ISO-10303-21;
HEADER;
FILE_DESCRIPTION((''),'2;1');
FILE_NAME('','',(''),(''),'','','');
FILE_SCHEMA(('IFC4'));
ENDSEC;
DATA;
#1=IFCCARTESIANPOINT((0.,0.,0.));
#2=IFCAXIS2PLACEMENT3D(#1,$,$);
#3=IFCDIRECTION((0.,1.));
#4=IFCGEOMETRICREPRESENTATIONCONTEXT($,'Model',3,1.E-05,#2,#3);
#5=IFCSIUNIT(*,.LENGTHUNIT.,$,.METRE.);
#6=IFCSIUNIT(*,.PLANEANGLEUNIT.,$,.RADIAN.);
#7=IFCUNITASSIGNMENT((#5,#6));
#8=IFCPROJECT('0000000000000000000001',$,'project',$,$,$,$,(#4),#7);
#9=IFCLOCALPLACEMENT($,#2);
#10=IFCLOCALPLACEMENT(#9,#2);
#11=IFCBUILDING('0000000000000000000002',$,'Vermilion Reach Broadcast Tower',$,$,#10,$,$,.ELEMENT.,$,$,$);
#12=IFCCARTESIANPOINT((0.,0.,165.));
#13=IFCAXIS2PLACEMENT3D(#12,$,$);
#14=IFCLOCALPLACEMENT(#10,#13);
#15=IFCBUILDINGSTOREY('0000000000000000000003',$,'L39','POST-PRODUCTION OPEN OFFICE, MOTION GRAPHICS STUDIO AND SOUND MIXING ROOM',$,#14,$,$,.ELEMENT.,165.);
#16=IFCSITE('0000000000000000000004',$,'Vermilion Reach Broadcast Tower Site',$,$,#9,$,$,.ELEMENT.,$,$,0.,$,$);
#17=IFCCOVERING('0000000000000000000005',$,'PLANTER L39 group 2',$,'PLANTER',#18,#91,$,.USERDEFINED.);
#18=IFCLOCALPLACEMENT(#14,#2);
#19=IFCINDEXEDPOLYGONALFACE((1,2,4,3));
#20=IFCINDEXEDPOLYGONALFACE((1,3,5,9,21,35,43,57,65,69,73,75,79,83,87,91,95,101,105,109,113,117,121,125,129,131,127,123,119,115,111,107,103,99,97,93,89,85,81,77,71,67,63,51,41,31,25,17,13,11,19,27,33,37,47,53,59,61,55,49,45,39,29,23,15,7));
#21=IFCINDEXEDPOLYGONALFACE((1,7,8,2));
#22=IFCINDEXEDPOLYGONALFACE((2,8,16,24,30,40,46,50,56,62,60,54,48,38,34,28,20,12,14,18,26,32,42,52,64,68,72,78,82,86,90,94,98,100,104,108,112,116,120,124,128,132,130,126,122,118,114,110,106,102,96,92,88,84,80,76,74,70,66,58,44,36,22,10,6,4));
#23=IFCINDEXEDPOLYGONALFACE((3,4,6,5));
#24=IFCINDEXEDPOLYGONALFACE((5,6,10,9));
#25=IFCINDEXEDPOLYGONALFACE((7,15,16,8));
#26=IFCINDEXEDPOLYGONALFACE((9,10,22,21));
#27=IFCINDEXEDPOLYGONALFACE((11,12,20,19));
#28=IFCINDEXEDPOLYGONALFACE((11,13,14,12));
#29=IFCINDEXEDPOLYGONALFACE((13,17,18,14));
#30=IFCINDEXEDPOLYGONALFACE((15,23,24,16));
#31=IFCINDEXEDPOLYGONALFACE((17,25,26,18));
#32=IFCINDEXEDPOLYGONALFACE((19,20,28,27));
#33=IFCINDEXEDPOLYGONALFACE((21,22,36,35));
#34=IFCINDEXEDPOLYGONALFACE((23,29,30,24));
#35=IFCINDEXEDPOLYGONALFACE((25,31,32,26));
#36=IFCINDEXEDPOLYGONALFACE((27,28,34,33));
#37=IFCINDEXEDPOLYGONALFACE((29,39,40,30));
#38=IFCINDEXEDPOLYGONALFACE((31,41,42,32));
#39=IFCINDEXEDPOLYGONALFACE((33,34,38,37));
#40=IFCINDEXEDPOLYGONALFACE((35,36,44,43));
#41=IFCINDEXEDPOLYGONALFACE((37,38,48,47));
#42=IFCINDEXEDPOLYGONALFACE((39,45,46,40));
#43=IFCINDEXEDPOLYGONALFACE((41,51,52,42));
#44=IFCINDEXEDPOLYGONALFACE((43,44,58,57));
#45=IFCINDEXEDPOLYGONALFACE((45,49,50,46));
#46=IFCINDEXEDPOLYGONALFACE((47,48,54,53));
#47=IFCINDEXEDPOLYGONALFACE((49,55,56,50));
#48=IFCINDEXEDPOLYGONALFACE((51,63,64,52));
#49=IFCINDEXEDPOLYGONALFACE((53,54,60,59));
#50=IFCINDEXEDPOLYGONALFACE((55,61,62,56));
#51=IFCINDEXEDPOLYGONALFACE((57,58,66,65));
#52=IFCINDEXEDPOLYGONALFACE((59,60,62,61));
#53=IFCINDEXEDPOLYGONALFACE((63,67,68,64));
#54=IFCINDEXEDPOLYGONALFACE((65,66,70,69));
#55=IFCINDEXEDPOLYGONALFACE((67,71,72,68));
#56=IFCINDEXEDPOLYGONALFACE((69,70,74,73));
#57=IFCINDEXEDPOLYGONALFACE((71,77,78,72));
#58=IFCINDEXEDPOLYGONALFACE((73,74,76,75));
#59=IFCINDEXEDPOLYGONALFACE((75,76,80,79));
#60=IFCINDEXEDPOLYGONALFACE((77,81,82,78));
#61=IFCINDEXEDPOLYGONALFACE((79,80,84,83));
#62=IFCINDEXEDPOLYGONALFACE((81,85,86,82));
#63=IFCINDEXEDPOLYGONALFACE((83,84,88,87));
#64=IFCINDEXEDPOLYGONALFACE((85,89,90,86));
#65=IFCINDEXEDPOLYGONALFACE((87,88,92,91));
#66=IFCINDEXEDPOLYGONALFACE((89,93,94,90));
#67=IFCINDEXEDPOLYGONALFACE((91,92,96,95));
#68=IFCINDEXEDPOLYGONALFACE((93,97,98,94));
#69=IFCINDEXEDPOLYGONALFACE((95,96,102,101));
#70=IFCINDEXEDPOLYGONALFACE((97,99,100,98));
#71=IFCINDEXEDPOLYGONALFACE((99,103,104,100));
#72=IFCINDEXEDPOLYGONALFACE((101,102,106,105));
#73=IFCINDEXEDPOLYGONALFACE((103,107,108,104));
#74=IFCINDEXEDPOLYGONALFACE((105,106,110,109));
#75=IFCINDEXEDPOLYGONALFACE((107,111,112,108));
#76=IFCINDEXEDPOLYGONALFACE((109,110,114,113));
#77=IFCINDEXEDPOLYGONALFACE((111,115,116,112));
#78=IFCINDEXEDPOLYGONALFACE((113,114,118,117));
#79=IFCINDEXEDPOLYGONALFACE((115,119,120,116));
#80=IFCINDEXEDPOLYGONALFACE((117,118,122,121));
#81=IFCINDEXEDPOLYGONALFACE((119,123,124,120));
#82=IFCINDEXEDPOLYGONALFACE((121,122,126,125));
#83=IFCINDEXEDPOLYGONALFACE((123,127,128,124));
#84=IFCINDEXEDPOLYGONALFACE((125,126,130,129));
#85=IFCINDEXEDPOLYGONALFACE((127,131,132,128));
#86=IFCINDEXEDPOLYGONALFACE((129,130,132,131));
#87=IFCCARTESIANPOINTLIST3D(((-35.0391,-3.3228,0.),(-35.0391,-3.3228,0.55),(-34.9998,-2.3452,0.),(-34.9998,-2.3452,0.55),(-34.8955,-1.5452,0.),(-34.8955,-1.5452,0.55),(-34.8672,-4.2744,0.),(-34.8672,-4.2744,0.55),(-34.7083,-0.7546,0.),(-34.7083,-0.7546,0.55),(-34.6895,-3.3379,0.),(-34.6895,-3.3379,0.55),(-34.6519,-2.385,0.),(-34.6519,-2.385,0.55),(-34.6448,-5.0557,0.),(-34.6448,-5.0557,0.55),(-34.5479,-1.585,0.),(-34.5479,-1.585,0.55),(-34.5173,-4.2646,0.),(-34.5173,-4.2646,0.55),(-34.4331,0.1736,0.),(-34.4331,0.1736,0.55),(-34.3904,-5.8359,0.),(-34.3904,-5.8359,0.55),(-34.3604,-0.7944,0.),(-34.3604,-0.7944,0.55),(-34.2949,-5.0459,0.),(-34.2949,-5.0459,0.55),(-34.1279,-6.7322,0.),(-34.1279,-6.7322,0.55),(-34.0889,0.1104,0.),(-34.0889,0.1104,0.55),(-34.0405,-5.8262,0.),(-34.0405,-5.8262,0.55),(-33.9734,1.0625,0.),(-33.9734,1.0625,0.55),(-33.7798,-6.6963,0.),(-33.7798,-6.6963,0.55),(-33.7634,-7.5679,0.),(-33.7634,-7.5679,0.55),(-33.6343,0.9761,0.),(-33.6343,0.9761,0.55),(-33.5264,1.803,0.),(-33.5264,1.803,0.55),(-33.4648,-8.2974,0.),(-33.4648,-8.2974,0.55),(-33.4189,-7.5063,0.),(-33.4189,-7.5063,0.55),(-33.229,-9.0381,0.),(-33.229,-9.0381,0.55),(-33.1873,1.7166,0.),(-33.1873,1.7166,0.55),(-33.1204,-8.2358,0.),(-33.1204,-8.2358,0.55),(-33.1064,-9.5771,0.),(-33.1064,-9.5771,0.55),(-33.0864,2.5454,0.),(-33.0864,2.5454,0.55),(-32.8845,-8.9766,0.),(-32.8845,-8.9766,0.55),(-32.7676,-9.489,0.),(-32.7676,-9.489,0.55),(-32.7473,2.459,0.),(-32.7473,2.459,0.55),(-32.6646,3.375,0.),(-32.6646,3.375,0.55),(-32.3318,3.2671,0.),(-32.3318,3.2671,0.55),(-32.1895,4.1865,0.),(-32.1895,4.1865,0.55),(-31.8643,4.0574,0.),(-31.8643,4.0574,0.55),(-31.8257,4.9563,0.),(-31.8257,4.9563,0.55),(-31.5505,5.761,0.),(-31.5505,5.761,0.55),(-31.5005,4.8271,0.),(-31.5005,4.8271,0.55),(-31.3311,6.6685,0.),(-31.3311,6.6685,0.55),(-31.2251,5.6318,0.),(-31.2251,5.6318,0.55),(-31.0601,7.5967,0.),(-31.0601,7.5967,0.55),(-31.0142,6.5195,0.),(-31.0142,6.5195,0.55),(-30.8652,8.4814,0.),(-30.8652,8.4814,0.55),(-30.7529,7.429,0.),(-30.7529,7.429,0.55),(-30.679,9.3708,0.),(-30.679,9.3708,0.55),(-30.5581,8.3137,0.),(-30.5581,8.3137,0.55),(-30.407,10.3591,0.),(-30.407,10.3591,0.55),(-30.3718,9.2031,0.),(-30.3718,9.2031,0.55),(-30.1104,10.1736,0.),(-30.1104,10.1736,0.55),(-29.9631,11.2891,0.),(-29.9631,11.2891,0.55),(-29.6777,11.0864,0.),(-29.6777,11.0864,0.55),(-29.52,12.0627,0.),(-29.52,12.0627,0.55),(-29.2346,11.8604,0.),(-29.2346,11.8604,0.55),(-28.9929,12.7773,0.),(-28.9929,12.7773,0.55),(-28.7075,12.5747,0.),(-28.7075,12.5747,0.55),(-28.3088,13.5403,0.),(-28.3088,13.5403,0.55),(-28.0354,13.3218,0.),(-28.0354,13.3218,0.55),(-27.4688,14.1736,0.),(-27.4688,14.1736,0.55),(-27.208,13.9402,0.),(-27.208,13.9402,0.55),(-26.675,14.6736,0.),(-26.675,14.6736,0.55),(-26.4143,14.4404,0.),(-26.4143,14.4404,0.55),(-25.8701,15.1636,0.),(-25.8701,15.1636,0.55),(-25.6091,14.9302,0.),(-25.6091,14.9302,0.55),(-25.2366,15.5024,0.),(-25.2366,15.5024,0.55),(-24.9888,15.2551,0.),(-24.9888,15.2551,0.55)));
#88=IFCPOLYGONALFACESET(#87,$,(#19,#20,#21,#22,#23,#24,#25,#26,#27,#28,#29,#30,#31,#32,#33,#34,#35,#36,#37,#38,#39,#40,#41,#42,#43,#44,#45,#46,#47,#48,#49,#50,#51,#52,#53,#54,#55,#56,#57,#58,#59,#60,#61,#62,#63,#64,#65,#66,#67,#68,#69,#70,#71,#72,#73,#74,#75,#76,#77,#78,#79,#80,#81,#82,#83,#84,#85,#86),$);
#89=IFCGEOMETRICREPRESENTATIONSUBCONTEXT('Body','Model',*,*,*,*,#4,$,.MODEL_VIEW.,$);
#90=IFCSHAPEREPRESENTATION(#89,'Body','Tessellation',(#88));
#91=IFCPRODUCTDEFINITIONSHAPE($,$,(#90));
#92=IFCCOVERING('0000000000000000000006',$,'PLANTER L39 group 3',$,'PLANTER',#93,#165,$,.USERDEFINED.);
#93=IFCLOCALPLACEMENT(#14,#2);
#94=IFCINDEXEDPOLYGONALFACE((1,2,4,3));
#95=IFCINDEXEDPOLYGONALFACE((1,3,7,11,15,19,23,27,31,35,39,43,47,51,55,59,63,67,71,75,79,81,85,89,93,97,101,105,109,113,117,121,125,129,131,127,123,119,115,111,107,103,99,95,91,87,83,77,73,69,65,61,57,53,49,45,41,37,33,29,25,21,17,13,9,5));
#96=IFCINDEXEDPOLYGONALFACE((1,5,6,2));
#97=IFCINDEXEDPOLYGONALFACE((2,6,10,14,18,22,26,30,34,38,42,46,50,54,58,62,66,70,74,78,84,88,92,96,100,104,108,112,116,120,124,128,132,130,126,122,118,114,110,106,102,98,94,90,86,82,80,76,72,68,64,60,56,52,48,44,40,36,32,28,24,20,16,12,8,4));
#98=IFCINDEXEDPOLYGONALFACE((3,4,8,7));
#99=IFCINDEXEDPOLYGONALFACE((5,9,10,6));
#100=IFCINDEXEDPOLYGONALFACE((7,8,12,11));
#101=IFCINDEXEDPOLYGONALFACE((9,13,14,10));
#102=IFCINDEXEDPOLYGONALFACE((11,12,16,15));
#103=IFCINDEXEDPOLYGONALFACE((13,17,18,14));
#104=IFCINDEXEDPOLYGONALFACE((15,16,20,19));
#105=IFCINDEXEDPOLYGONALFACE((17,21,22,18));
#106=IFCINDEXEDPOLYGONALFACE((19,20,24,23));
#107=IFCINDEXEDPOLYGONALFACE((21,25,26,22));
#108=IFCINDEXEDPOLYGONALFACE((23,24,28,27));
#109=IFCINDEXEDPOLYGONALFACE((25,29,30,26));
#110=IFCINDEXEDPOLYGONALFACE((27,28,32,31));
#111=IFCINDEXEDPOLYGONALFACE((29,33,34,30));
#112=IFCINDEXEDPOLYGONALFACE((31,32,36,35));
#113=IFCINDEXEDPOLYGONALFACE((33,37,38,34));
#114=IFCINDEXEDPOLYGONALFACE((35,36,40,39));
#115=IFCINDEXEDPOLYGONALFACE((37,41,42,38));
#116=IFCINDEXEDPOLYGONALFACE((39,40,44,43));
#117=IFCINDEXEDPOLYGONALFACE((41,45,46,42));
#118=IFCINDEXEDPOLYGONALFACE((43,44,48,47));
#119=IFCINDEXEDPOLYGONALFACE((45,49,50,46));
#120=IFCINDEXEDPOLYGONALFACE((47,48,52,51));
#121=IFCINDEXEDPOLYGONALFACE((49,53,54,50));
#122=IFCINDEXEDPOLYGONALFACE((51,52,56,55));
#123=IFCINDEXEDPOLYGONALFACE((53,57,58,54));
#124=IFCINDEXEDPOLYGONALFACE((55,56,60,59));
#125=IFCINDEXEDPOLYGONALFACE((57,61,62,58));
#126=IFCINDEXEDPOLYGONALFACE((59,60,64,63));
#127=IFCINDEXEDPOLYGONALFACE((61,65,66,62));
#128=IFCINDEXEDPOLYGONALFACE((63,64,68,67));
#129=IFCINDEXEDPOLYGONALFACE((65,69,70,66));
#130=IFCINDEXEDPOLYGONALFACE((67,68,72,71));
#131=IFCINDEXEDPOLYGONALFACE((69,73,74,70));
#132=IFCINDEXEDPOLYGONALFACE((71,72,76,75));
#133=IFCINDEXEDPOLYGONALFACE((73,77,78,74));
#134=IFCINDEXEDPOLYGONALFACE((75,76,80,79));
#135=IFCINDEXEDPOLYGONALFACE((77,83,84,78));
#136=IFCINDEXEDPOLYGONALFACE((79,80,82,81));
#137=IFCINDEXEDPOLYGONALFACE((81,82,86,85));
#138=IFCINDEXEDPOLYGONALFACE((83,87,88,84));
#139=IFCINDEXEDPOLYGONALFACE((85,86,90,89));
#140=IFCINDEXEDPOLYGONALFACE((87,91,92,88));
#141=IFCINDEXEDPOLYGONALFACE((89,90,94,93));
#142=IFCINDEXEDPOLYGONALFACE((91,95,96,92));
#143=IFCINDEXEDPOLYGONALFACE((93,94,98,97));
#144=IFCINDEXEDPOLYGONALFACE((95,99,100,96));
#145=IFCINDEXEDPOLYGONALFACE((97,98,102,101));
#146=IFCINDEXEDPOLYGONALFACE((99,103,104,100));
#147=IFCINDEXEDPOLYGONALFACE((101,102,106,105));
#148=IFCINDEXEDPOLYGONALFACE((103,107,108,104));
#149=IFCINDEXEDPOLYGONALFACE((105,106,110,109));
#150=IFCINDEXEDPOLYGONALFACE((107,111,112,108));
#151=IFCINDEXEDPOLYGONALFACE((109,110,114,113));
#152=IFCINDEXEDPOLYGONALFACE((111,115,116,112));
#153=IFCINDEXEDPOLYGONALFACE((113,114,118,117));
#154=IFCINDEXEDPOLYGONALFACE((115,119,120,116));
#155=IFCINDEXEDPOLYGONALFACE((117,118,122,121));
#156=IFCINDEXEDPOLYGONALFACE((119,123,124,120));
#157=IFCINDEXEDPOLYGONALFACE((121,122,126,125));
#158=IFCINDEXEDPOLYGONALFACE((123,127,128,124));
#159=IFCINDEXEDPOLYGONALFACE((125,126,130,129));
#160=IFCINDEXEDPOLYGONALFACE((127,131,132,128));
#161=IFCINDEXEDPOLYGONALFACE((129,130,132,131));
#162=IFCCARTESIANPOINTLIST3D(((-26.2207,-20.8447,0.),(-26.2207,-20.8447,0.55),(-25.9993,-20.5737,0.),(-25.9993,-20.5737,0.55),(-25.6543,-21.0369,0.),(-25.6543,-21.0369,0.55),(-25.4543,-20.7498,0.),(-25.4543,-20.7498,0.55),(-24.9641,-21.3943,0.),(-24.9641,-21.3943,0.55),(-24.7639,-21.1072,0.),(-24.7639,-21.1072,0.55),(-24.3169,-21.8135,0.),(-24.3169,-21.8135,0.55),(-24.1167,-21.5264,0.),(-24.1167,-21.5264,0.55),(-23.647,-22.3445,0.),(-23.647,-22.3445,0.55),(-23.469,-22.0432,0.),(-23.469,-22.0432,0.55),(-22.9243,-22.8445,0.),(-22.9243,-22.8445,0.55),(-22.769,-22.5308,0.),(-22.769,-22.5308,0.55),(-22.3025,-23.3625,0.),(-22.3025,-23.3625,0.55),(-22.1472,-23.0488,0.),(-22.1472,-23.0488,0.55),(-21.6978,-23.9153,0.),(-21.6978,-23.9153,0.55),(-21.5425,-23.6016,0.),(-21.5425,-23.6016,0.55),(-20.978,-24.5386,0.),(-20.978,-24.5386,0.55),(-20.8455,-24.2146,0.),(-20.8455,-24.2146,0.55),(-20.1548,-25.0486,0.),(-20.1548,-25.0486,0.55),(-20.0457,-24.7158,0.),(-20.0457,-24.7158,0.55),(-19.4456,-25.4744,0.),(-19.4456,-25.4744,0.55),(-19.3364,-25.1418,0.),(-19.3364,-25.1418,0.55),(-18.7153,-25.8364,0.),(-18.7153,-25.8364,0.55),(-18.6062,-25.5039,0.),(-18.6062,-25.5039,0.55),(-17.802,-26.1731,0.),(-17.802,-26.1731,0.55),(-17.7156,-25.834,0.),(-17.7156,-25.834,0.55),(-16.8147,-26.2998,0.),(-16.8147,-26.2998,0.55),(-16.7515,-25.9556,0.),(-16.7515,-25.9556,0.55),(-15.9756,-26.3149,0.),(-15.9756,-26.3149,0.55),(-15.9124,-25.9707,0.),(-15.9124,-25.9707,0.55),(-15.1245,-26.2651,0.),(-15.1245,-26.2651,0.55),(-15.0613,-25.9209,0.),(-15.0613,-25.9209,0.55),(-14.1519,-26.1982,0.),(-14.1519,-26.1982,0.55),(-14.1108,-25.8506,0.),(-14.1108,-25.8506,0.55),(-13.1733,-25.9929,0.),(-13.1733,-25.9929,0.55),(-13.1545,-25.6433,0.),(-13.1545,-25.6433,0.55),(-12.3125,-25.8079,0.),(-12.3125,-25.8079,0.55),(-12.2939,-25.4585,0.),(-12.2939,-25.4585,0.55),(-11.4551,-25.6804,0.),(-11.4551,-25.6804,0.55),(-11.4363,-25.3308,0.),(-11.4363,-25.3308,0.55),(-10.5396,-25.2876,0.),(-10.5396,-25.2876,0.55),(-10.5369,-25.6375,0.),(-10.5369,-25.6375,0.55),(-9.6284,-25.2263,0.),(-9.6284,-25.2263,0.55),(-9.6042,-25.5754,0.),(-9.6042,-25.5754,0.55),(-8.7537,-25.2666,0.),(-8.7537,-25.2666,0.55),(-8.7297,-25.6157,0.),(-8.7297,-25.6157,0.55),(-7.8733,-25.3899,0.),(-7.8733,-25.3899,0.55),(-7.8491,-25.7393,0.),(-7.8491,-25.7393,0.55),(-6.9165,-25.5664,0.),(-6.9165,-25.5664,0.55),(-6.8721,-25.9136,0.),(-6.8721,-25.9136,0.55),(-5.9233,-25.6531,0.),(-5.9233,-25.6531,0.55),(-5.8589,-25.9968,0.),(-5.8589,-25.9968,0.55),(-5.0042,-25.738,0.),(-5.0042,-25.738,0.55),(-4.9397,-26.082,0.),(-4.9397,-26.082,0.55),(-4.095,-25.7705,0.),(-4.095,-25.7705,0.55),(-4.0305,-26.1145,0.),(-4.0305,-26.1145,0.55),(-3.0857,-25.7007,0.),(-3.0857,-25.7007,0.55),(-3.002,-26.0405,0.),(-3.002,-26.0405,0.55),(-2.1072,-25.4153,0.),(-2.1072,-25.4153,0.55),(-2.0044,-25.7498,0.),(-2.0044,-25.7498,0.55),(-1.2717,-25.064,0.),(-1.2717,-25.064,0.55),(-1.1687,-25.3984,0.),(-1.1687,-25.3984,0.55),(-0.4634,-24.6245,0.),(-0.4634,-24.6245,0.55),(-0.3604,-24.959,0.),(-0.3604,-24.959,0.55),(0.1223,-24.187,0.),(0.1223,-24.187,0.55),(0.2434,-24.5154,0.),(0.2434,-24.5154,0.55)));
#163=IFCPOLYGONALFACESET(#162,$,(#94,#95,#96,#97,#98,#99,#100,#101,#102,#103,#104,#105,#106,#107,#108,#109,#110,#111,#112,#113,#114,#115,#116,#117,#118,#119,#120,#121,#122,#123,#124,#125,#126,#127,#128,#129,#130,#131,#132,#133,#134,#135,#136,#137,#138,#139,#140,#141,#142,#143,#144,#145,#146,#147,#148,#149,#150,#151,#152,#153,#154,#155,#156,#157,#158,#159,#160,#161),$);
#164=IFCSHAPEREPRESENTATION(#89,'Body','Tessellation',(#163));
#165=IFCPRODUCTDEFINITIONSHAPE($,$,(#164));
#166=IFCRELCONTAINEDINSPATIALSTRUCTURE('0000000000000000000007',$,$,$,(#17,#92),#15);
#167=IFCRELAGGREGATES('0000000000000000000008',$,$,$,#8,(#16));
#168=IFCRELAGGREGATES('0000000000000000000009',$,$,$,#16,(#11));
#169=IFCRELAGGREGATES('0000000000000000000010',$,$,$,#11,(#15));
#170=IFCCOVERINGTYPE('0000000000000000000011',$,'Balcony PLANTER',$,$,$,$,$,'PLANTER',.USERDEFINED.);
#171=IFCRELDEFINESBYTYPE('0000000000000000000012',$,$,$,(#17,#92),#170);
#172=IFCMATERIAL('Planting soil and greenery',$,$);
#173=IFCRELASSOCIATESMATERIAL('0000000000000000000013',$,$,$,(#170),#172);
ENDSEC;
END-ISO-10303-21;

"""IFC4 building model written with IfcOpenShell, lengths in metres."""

from ifc_helpers import new_model, si_unit, direction, frame, origin, place, context, subcontext, project, spatial, polyline, outline, extrude, material, type_object, element, save


model = new_model("IFC4")

# Units and contexts
model_context = context("Model", 3, precision=1e-05, world=origin(), true_north=direction((0.0, 1.0)))
body_context = subcontext(model_context, "Body", "Model", "MODEL_VIEW")
ifc_project = project(units=[si_unit("LENGTHUNIT", "METRE"), si_unit("PLANEANGLEUNIT", "RADIAN")], contexts=[model_context])

# Site, building, storey
site_placement = place(None, origin())
site = spatial("IfcSite", under=ifc_project, at=site_placement, Name="Vermilion Reach Broadcast Tower Site", CompositionType="ELEMENT", RefElevation=0.0)
building_placement = place(site_placement, origin())
building = spatial("IfcBuilding", under=site, at=building_placement, Name="Vermilion Reach Broadcast Tower", CompositionType="ELEMENT")
storey_placement = place(building_placement, frame((0.0, 0.0, 165.0)))
storey = spatial("IfcBuildingStorey", under=building, at=storey_placement, Name="L39", Description="POST-PRODUCTION OPEN OFFICE, MOTION GRAPHICS STUDIO AND SOUND MIXING ROOM", CompositionType="ELEMENT", Elevation=165.0)

# Shared definitions
placement_1 = place(storey_placement, origin())

# Coverings
ifc_material_1 = material(Name="Planting soil and greenery")
covering_type = type_object("IfcCoveringType", Name="Balcony PLANTER", ElementType="PLANTER", PredefinedType="USERDEFINED", material=ifc_material_1)
element("IfcCovering", 1, at=placement_1, inside=storey, type_object=covering_type, Name="PLANTER L39 group 2", ObjectType="PLANTER", PredefinedType="USERDEFINED", context=body_context, shape_type="SweptSolid", body=[
    extrude(outline(polyline([(-25.2366, 15.5024), (-25.8701, 15.1636), (-26.675, 14.6736), (-27.4688, 14.1736), (-28.3088, 13.5403), (-28.9929, 12.7773), (-29.52, 12.0627), (-29.9631, 11.2891), (-30.407, 10.3591), (-30.679, 9.3708), (-30.8652, 8.4814), (-31.0601, 7.5967), (-31.3311, 6.6685), (-31.5505, 5.761), (-31.8257, 4.9563), (-32.1895, 4.1865), (-32.6646, 3.375), (-33.0864, 2.5454), (-33.5264, 1.803), (-33.9734, 1.0625), (-34.4331, 0.1736), (-34.7083, -0.7546), (-34.8955, -1.5452), (-34.9998, -2.3452), (-35.0391, -3.3228), (-34.8672, -4.2744), (-34.6448, -5.0557), (-34.3904, -5.8359), (-34.1279, -6.7322), (-33.7634, -7.5679), (-33.4648, -8.2974), (-33.229, -9.0381), (-33.1064, -9.5771), (-32.7676, -9.489), (-32.8845, -8.9766), (-33.1204, -8.2358), (-33.4189, -7.5063), (-33.7798, -6.6963), (-34.0405, -5.8262), (-34.2949, -5.0459), (-34.5173, -4.2646), (-34.6895, -3.3379), (-34.6519, -2.385), (-34.5479, -1.585), (-34.3604, -0.7944), (-34.0889, 0.1104), (-33.6343, 0.9761), (-33.1873, 1.7166), (-32.7473, 2.459), (-32.3318, 3.2671), (-31.8643, 4.0574), (-31.5005, 4.8271), (-31.2251, 5.6318), (-31.0142, 6.5195), (-30.7529, 7.429), (-30.5581, 8.3137), (-30.3718, 9.2031), (-30.1104, 10.1736), (-29.6777, 11.0864), (-29.2346, 11.8604), (-28.7075, 12.5747), (-28.0354, 13.3218), (-27.208, 13.9402), (-26.4143, 14.4404), (-25.6091, 14.9302), (-24.9888, 15.2551), (-25.2366, 15.5024)])), origin(), (0.0, 0.0, 1.0), 0.55),
])
element("IfcCovering", 2, at=placement_1, inside=storey, type_object=covering_type, Name="PLANTER L39 group 3", ObjectType="PLANTER", PredefinedType="USERDEFINED", context=body_context, shape_type="SweptSolid", body=[
    extrude(outline(polyline([(-26.2207, -20.8447), (-25.6543, -21.0369), (-24.9641, -21.3943), (-24.3169, -21.8135), (-23.647, -22.3445), (-22.9243, -22.8445), (-22.3025, -23.3625), (-21.6978, -23.9153), (-20.978, -24.5386), (-20.1548, -25.0486), (-19.4456, -25.4744), (-18.7153, -25.8364), (-17.802, -26.1731), (-16.8147, -26.2998), (-15.9756, -26.3149), (-15.1245, -26.2651), (-14.1519, -26.1982), (-13.1733, -25.9929), (-12.3125, -25.8079), (-11.4551, -25.6804), (-10.5369, -25.6375), (-9.6042, -25.5754), (-8.7297, -25.6157), (-7.8491, -25.7393), (-6.8721, -25.9136), (-5.8589, -25.9968), (-4.9397, -26.082), (-4.0305, -26.1145), (-3.002, -26.0405), (-2.0044, -25.7498), (-1.1687, -25.3984), (-0.3604, -24.959), (0.2434, -24.5154), (0.1223, -24.187), (-0.4634, -24.6245), (-1.2717, -25.064), (-2.1072, -25.4153), (-3.0857, -25.7007), (-4.095, -25.7705), (-5.0042, -25.738), (-5.9233, -25.6531), (-6.9165, -25.5664), (-7.8733, -25.3899), (-8.7537, -25.2666), (-9.6284, -25.2263), (-10.5396, -25.2876), (-11.4363, -25.3308), (-12.2939, -25.4585), (-13.1545, -25.6433), (-14.1108, -25.8506), (-15.0613, -25.9209), (-15.9124, -25.9707), (-16.7515, -25.9556), (-17.7156, -25.834), (-18.6062, -25.5039), (-19.3364, -25.1418), (-20.0457, -24.7158), (-20.8455, -24.2146), (-21.5425, -23.6016), (-22.1472, -23.0488), (-22.769, -22.5308), (-23.469, -22.0432), (-24.1167, -21.5264), (-24.7639, -21.1072), (-25.4543, -20.7498), (-25.9993, -20.5737), (-26.2207, -20.8447)])), origin(), (0.0, 0.0, 1.0), 0.55),
])

save(model, "model.ifc")
